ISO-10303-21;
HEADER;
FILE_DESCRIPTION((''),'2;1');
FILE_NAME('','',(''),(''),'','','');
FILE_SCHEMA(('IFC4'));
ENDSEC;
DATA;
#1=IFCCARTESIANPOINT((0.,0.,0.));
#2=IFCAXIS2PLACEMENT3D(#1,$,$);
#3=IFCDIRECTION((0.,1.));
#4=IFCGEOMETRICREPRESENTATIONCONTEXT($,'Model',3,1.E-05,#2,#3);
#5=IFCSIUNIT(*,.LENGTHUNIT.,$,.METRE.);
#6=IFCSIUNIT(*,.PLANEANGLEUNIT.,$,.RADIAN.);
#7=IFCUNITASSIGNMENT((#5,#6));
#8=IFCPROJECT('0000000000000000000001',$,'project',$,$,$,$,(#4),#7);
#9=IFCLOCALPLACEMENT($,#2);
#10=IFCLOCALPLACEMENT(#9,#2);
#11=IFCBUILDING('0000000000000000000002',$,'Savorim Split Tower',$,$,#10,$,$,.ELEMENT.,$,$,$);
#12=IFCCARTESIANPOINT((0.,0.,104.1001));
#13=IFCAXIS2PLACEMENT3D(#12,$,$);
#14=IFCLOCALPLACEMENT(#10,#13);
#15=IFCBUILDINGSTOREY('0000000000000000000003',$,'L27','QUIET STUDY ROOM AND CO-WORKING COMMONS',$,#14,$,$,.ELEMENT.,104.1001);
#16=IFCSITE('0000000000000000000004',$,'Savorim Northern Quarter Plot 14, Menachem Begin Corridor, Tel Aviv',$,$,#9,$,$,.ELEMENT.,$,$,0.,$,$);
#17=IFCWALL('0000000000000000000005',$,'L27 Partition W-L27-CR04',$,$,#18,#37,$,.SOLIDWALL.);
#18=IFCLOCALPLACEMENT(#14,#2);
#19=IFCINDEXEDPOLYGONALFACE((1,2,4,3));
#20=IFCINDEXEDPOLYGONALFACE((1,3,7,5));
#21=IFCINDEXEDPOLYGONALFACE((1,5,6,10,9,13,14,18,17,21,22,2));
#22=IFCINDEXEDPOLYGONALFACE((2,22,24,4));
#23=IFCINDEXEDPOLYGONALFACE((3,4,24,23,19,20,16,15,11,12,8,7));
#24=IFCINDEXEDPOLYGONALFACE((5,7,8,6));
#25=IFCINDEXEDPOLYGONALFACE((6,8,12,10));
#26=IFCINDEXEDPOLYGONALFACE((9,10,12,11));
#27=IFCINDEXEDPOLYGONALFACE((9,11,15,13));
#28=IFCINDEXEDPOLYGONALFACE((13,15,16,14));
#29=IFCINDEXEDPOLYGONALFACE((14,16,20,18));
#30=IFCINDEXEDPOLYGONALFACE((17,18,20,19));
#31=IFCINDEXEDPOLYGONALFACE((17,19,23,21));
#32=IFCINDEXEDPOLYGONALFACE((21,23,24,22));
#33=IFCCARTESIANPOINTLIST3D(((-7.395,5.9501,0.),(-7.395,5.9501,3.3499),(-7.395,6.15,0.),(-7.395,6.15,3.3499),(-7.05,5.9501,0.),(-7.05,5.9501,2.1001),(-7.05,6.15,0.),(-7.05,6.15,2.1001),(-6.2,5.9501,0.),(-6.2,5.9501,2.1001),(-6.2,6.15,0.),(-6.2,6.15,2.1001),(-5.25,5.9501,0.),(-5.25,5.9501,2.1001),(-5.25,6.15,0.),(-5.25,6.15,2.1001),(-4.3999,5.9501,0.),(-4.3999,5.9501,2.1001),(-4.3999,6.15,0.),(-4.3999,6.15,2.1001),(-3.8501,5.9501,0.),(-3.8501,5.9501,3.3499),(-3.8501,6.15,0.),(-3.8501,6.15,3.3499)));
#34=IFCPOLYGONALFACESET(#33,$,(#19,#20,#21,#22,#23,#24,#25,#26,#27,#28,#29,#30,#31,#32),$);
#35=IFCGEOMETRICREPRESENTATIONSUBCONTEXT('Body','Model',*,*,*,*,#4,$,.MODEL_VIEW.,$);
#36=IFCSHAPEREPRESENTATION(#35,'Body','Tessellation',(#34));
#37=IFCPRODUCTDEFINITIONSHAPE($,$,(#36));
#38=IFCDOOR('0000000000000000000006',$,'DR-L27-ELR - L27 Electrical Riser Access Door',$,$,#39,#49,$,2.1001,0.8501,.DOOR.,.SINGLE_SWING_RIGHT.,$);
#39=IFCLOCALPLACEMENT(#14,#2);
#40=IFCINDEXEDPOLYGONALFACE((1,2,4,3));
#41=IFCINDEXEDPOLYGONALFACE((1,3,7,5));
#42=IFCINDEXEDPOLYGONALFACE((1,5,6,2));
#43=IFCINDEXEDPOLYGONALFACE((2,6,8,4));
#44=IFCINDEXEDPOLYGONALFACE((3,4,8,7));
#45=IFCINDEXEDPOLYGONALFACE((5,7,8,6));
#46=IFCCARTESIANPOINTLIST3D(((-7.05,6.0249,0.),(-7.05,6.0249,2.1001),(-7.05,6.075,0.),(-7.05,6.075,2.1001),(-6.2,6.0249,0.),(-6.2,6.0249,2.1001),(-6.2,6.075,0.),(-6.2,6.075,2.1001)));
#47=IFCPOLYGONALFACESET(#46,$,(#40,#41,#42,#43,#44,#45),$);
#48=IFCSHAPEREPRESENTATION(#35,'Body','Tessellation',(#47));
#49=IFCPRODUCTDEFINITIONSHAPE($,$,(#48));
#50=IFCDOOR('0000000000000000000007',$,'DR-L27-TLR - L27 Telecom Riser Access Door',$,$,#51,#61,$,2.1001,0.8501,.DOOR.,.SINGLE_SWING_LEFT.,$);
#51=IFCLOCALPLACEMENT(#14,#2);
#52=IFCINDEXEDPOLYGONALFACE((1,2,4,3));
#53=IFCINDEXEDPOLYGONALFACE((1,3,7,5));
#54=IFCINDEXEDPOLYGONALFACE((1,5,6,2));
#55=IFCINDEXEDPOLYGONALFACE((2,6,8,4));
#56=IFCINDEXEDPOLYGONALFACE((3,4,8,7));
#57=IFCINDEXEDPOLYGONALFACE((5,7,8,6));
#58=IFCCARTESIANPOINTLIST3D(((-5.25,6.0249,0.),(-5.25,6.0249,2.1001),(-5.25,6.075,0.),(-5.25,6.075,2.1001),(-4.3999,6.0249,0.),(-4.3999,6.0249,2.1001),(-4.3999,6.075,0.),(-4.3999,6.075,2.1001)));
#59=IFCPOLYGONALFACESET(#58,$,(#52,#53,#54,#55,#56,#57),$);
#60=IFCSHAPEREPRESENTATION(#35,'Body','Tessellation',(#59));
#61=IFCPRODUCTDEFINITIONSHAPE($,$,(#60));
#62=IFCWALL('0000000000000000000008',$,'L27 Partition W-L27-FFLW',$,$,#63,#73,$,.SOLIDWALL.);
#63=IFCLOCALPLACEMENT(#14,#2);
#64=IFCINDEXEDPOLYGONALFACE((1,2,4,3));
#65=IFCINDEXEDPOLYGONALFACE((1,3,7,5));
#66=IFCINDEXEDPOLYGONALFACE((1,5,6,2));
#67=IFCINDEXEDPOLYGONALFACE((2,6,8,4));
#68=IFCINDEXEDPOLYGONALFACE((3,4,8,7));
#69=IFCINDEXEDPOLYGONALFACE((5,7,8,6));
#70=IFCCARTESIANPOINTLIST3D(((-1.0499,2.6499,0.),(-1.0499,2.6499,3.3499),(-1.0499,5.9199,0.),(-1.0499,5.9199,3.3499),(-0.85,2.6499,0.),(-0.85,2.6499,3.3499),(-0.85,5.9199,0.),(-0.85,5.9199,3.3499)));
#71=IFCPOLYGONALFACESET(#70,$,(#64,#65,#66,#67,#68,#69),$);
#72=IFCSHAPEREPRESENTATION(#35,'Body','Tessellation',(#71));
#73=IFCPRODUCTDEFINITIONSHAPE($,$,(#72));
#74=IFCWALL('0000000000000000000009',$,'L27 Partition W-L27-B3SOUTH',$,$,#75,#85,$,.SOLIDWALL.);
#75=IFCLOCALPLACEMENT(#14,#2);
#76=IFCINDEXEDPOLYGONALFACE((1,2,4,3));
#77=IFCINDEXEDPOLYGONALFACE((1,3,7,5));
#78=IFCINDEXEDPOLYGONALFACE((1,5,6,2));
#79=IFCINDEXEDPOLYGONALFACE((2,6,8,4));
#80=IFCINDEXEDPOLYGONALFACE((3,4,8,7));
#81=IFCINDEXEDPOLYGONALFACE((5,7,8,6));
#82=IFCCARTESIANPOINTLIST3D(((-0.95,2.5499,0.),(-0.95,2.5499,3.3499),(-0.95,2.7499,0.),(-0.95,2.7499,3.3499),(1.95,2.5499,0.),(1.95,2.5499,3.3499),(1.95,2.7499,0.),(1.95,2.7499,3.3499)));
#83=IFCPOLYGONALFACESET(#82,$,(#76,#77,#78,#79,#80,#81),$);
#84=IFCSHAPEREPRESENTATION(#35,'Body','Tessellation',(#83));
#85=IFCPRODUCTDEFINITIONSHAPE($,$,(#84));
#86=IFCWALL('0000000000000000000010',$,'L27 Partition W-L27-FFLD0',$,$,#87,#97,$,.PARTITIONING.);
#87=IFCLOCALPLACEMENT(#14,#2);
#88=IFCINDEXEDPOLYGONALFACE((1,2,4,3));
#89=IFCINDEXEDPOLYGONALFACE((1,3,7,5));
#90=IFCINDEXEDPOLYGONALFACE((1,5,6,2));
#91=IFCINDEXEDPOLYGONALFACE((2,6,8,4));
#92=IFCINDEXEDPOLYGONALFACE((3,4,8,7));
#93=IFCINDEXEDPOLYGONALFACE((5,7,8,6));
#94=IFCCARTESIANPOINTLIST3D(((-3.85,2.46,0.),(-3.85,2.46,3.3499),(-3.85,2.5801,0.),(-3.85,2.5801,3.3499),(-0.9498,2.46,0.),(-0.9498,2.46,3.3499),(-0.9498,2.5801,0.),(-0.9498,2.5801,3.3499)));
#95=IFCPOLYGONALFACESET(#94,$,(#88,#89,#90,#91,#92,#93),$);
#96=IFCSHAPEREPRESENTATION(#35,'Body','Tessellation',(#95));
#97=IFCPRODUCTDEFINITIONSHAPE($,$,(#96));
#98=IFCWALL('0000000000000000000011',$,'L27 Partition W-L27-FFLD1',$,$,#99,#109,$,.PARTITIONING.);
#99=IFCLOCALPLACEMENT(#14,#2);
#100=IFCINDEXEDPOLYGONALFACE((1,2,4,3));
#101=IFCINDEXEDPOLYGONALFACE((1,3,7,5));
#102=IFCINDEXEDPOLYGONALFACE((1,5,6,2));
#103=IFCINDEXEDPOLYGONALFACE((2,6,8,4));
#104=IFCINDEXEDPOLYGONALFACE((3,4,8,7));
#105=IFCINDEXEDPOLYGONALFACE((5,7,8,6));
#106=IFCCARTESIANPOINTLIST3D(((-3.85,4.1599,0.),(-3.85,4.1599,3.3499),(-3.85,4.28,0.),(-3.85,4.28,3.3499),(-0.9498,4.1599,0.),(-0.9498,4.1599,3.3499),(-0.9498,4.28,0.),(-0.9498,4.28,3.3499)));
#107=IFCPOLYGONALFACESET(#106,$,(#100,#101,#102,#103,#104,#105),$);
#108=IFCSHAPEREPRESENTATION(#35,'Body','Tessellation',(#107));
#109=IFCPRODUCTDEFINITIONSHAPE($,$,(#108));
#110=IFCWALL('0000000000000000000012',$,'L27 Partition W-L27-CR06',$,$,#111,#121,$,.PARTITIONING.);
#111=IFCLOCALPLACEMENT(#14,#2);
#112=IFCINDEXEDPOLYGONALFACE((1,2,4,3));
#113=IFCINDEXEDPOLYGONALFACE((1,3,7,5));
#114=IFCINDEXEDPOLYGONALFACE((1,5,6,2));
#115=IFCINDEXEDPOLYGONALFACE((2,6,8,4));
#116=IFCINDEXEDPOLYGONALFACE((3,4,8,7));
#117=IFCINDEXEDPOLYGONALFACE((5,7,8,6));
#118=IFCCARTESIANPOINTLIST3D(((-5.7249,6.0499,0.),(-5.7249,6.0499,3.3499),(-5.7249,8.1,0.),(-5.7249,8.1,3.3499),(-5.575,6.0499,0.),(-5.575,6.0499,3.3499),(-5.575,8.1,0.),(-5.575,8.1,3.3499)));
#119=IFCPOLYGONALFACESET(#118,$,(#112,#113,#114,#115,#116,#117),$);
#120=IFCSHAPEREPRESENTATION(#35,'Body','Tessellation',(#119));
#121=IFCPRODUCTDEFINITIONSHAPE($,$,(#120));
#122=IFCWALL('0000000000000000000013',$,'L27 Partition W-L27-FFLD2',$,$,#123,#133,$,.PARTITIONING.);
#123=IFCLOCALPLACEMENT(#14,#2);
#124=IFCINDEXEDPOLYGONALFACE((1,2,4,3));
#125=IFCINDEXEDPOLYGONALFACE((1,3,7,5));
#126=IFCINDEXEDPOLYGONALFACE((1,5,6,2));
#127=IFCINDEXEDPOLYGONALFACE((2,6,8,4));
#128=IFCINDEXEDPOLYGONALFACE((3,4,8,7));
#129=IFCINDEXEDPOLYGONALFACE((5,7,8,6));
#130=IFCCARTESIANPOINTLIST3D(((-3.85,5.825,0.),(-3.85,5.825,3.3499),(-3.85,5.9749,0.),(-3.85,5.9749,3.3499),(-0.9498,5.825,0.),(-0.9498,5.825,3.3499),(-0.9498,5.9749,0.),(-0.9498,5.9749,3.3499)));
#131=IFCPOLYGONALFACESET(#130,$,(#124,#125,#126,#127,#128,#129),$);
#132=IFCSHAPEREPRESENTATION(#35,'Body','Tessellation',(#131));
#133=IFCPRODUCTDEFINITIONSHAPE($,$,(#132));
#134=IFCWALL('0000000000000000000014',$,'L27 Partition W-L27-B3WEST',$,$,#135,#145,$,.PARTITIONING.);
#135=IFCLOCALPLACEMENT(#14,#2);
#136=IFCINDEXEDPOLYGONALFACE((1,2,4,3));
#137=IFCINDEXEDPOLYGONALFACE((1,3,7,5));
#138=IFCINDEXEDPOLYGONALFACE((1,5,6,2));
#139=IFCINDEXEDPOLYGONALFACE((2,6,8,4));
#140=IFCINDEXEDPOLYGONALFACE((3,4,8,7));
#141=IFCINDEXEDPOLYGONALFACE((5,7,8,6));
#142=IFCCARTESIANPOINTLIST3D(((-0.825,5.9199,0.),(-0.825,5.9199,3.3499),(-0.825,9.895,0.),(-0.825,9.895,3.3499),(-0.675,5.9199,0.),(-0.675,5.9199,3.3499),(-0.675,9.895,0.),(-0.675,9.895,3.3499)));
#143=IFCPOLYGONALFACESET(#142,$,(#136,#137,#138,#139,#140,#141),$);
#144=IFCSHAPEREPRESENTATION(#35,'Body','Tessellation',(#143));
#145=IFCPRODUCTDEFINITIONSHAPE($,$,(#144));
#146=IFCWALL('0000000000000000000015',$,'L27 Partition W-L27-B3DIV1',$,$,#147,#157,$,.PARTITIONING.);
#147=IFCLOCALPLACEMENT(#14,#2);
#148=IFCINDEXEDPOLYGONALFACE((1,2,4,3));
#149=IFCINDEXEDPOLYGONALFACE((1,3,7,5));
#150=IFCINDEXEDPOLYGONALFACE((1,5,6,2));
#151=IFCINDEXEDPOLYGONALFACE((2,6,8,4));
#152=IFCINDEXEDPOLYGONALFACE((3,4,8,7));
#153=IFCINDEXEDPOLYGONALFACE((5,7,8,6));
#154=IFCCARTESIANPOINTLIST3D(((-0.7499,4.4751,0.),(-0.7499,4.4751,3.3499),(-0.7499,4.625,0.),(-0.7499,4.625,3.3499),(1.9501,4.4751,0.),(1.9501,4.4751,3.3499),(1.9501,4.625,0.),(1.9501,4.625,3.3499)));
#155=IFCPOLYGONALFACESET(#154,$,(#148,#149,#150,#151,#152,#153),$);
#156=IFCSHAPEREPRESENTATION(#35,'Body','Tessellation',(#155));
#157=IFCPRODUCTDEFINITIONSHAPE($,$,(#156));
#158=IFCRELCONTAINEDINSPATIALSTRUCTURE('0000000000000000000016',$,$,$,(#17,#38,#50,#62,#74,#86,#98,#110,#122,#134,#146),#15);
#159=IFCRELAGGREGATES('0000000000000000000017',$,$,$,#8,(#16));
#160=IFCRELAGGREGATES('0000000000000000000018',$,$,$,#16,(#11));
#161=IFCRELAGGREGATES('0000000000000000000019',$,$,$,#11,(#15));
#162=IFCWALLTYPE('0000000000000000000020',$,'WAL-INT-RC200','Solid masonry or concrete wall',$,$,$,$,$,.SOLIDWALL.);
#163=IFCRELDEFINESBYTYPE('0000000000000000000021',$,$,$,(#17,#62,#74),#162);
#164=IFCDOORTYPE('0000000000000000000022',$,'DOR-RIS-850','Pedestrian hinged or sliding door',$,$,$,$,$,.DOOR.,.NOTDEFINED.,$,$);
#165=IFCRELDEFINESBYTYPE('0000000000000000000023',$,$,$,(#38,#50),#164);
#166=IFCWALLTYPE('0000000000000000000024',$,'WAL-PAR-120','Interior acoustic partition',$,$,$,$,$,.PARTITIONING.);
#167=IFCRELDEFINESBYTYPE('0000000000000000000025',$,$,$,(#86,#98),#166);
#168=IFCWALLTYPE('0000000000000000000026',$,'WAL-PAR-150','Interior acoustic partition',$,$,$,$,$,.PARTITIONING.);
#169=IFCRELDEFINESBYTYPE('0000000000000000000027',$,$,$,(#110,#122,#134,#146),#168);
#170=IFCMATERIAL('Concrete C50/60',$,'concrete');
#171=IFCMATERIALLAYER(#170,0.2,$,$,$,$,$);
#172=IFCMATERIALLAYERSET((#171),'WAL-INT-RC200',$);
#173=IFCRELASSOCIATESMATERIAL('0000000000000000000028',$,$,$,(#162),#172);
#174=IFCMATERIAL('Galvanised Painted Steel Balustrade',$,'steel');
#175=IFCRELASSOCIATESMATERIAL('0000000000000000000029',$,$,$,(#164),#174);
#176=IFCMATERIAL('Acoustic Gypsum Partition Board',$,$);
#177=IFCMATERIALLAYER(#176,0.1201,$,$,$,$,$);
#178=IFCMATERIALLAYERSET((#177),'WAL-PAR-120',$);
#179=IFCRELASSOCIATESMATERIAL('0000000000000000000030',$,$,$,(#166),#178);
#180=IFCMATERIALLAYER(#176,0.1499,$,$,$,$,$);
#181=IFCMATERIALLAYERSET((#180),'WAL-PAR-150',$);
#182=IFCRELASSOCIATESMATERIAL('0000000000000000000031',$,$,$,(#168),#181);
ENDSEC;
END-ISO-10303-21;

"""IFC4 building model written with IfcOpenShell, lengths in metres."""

from ifc_helpers import new_model, si_unit, direction, frame, frame_2d, origin, place, context, subcontext, project, spatial, rectangle, extrude, material, layer, layer_set, type_object, element, fill, save


model = new_model("IFC4")

# Units and contexts
model_context = context("Model", 3, precision=1e-05, world=origin(), true_north=direction((0.0, 1.0)))
body_context = subcontext(model_context, "Body", "Model", "MODEL_VIEW")
ifc_project = project(units=[si_unit("LENGTHUNIT", "METRE"), si_unit("PLANEANGLEUNIT", "RADIAN")], contexts=[model_context])

# Site, building, storey
site_placement = place(None, origin())
site = spatial("IfcSite", under=ifc_project, at=site_placement, Name="Savorim Northern Quarter Plot 14, Menachem Begin Corridor, Tel Aviv", CompositionType="ELEMENT", RefElevation=0.0)
building_placement = place(site_placement, origin())
building = spatial("IfcBuilding", under=site, at=building_placement, Name="Savorim Split Tower", CompositionType="ELEMENT")
storey_placement = place(building_placement, frame((0.0, 0.0, 104.1001)))
storey = spatial("IfcBuildingStorey", under=building, at=storey_placement, Name="L27", Description="QUIET STUDY ROOM AND CO-WORKING COMMONS", CompositionType="ELEMENT", Elevation=104.1001)

# Shared definitions
ifc_material_1 = material(Name="Concrete C50/60", Category="concrete")
ifc_layer_1 = layer(ifc_material_1, 0.2)
ifc_layer_set_1 = layer_set([ifc_layer_1], Name="WAL-INT-RC200")
wall_type_1 = type_object("IfcWallType", Name="WAL-INT-RC200", Description="Solid masonry or concrete wall", PredefinedType="SOLIDWALL", material=ifc_layer_set_1)

# Wall, openings, doors
wall_1_placement = place(storey_placement, frame((-7.395, 6.05, 0.0), z_axis=(0.0, 0.0, 1.0), x_axis=(1.0, 0.0, 0.0)))
wall_1 = element("IfcWall", 1, at=wall_1_placement, inside=storey, type_object=wall_type_1, Name="L27 Partition W-L27-CR04", PredefinedType="SOLIDWALL", context=body_context, shape_type="SweptSolid", body=[
    extrude(rectangle(XDim=3.5449, YDim=0.2, at=frame_2d((1.7725, 0.0))), origin(), (0.0, 0.0, 1.0), 3.3499),
])
opening_1_placement = place(wall_1_placement, frame((0.345, 0.0, 0.0)))
opening_1 = element("IfcOpeningElement", 2, at=opening_1_placement, cuts=wall_1, PredefinedType="OPENING", context=body_context, shape_type="SweptSolid", body=[
    extrude(rectangle(XDim=0.8501, YDim=2.1001, at=frame_2d((0.425, 1.05))), frame((0.0, 0.1099, 0.0), z_axis=(0.0, -1.0, 0.0), x_axis=(1.0, 0.0, 0.0)), (0.0, 0.0, 1.0), 0.22),
])
opening_2_placement = place(wall_1_placement, frame((2.145, 0.0, 0.0)))
opening_2 = element("IfcOpeningElement", 3, at=opening_2_placement, cuts=wall_1, PredefinedType="OPENING", context=body_context, shape_type="SweptSolid", body=[
    extrude(rectangle(XDim=0.8501, YDim=2.1001, at=frame_2d((0.425, 1.05))), frame((0.0, 0.1099, 0.0), z_axis=(0.0, -1.0, 0.0), x_axis=(1.0, 0.0, 0.0)), (0.0, 0.0, 1.0), 0.22),
])
ifc_material_2 = material(Name="Galvanised Painted Steel Balustrade", Category="steel")
door_type_1 = type_object("IfcDoorType", Name="DOR-RIS-850", Description="Pedestrian hinged or sliding door", OperationType="NOTDEFINED", PredefinedType="DOOR", material=ifc_material_2)
door_1_placement = place(opening_1_placement, origin())
door_1 = element("IfcDoor", 4, at=door_1_placement, inside=storey, type_object=door_type_1, Name="DR-L27-ELR - L27 Electrical Riser Access Door", OperationType="SINGLE_SWING_RIGHT", OverallHeight=2.1001, OverallWidth=0.8501, PredefinedType="DOOR", context=body_context, shape_type="SweptSolid", body=[
    extrude(rectangle(XDim=0.8501, YDim=2.1001, at=frame_2d((0.425, 1.05))), frame((0.0, 0.0249, 0.0), z_axis=(0.0, -1.0, 0.0), x_axis=(1.0, 0.0, 0.0)), (0.0, 0.0, 1.0), 0.05),
])
fill(opening_1, door_1)
door_2_placement = place(opening_2_placement, origin())
door_2 = element("IfcDoor", 5, at=door_2_placement, inside=storey, type_object=door_type_1, Name="DR-L27-TLR - L27 Telecom Riser Access Door", OperationType="SINGLE_SWING_LEFT", OverallHeight=2.1001, OverallWidth=0.8501, PredefinedType="DOOR", context=body_context, shape_type="SweptSolid", body=[
    extrude(rectangle(XDim=0.8501, YDim=2.1001, at=frame_2d((0.425, 1.05))), frame((0.0, 0.0249, 0.0), z_axis=(0.0, -1.0, 0.0), x_axis=(1.0, 0.0, 0.0)), (0.0, 0.0, 1.0), 0.05),
])
fill(opening_2, door_2)

# Walls
wall_2_placement = place(storey_placement, frame((-0.95, 2.6499, 0.0), z_axis=(0.0, 0.0, 1.0), x_axis=(0.0, 1.0, 0.0)))
element("IfcWall", 6, at=wall_2_placement, inside=storey, type_object=wall_type_1, Name="L27 Partition W-L27-FFLW", PredefinedType="SOLIDWALL", context=body_context, shape_type="SweptSolid", body=[
    extrude(rectangle(XDim=3.27, YDim=0.2, at=frame_2d((1.635, 0.0))), origin(), (0.0, 0.0, 1.0), 3.3499),
])
wall_3_placement = place(storey_placement, frame((-0.95, 2.6499, 0.0), z_axis=(0.0, 0.0, 1.0), x_axis=(1.0, 0.0, 0.0)))
element("IfcWall", 7, at=wall_3_placement, inside=storey, type_object=wall_type_1, Name="L27 Partition W-L27-B3SOUTH", PredefinedType="SOLIDWALL", context=body_context, shape_type="SweptSolid", body=[
    extrude(rectangle(XDim=2.8999, YDim=0.2, at=frame_2d((1.45, 0.0))), origin(), (0.0, 0.0, 1.0), 3.3499),
])
ifc_material_3 = material(Name="Acoustic Gypsum Partition Board")
ifc_layer_2 = layer(ifc_material_3, 0.1201)
ifc_layer_set_2 = layer_set([ifc_layer_2], Name="WAL-PAR-120")
wall_type_2 = type_object("IfcWallType", Name="WAL-PAR-120", Description="Interior acoustic partition", PredefinedType="PARTITIONING", material=ifc_layer_set_2)
for number, where, z_axis, x_axis, name in (
    (8, (-3.8501, 2.52, 0.0), (0.0, 0.0, 1.0), (1.0, 0.0, 0.0), "L27 Partition W-L27-FFLD0"),
    (9, (-3.8501, 4.22, 0.0), (0.0, 0.0, 1.0), (1.0, 0.0, 0.0), "L27 Partition W-L27-FFLD1"),
):
    element("IfcWall", number, at=place(storey_placement, frame(where, z_axis=z_axis, x_axis=x_axis)), inside=storey, type_object=wall_type_2, Name=name, PredefinedType="PARTITIONING", context=body_context, shape_type="SweptSolid", body=[
        extrude(rectangle(XDim=2.9001, YDim=0.1201, at=frame_2d((1.4502, 0.0))), origin(), (0.0, 0.0, 1.0), 3.3499),
    ])
ifc_layer_3 = layer(ifc_material_3, 0.1499)
ifc_layer_set_3 = layer_set([ifc_layer_3], Name="WAL-PAR-150")
wall_type_3 = type_object("IfcWallType", Name="WAL-PAR-150", Description="Interior acoustic partition", PredefinedType="PARTITIONING", material=ifc_layer_set_3)
wall_4_placement = place(storey_placement, frame((-5.6499, 6.05, 0.0), z_axis=(0.0, 0.0, 1.0), x_axis=(0.0, 1.0, 0.0)))
element("IfcWall", 10, at=wall_4_placement, inside=storey, type_object=wall_type_3, Name="L27 Partition W-L27-CR06", PredefinedType="PARTITIONING", context=body_context, shape_type="SweptSolid", body=[
    extrude(rectangle(XDim=2.05, YDim=0.1499, at=frame_2d((1.0249, 0.0))), origin(), (0.0, 0.0, 1.0), 3.3499),
])
wall_5_placement = place(storey_placement, frame((-3.8501, 5.8999, 0.0), z_axis=(0.0, 0.0, 1.0), x_axis=(1.0, 0.0, 0.0)))
element("IfcWall", 11, at=wall_5_placement, inside=storey, type_object=wall_type_3, Name="L27 Partition W-L27-FFLD2", PredefinedType="PARTITIONING", context=body_context, shape_type="SweptSolid", body=[
    extrude(rectangle(XDim=2.9001, YDim=0.1499, at=frame_2d((1.4502, 0.0))), origin(), (0.0, 0.0, 1.0), 3.3499),
])
wall_6_placement = place(storey_placement, frame((-0.75, 5.9199, 0.0), z_axis=(0.0, 0.0, 1.0), x_axis=(0.0, 1.0, 0.0)))
element("IfcWall", 12, at=wall_6_placement, inside=storey, type_object=wall_type_3, Name="L27 Partition W-L27-B3WEST", PredefinedType="PARTITIONING", context=body_context, shape_type="SweptSolid", body=[
    extrude(rectangle(XDim=3.9751, YDim=0.1499, at=frame_2d((1.9875, 0.0))), origin(), (0.0, 0.0, 1.0), 3.3499),
])
wall_7_placement = place(storey_placement, frame((-0.75, 4.55, 0.0), z_axis=(0.0, 0.0, 1.0), x_axis=(1.0, 0.0, 0.0)))
element("IfcWall", 13, at=wall_7_placement, inside=storey, type_object=wall_type_3, Name="L27 Partition W-L27-B3DIV1", PredefinedType="PARTITIONING", context=body_context, shape_type="SweptSolid", body=[
    extrude(rectangle(XDim=2.7, YDim=0.1499, at=frame_2d((1.3501, 0.0))), origin(), (0.0, 0.0, 1.0), 3.3499),
])

save(model, "model.ifc")
